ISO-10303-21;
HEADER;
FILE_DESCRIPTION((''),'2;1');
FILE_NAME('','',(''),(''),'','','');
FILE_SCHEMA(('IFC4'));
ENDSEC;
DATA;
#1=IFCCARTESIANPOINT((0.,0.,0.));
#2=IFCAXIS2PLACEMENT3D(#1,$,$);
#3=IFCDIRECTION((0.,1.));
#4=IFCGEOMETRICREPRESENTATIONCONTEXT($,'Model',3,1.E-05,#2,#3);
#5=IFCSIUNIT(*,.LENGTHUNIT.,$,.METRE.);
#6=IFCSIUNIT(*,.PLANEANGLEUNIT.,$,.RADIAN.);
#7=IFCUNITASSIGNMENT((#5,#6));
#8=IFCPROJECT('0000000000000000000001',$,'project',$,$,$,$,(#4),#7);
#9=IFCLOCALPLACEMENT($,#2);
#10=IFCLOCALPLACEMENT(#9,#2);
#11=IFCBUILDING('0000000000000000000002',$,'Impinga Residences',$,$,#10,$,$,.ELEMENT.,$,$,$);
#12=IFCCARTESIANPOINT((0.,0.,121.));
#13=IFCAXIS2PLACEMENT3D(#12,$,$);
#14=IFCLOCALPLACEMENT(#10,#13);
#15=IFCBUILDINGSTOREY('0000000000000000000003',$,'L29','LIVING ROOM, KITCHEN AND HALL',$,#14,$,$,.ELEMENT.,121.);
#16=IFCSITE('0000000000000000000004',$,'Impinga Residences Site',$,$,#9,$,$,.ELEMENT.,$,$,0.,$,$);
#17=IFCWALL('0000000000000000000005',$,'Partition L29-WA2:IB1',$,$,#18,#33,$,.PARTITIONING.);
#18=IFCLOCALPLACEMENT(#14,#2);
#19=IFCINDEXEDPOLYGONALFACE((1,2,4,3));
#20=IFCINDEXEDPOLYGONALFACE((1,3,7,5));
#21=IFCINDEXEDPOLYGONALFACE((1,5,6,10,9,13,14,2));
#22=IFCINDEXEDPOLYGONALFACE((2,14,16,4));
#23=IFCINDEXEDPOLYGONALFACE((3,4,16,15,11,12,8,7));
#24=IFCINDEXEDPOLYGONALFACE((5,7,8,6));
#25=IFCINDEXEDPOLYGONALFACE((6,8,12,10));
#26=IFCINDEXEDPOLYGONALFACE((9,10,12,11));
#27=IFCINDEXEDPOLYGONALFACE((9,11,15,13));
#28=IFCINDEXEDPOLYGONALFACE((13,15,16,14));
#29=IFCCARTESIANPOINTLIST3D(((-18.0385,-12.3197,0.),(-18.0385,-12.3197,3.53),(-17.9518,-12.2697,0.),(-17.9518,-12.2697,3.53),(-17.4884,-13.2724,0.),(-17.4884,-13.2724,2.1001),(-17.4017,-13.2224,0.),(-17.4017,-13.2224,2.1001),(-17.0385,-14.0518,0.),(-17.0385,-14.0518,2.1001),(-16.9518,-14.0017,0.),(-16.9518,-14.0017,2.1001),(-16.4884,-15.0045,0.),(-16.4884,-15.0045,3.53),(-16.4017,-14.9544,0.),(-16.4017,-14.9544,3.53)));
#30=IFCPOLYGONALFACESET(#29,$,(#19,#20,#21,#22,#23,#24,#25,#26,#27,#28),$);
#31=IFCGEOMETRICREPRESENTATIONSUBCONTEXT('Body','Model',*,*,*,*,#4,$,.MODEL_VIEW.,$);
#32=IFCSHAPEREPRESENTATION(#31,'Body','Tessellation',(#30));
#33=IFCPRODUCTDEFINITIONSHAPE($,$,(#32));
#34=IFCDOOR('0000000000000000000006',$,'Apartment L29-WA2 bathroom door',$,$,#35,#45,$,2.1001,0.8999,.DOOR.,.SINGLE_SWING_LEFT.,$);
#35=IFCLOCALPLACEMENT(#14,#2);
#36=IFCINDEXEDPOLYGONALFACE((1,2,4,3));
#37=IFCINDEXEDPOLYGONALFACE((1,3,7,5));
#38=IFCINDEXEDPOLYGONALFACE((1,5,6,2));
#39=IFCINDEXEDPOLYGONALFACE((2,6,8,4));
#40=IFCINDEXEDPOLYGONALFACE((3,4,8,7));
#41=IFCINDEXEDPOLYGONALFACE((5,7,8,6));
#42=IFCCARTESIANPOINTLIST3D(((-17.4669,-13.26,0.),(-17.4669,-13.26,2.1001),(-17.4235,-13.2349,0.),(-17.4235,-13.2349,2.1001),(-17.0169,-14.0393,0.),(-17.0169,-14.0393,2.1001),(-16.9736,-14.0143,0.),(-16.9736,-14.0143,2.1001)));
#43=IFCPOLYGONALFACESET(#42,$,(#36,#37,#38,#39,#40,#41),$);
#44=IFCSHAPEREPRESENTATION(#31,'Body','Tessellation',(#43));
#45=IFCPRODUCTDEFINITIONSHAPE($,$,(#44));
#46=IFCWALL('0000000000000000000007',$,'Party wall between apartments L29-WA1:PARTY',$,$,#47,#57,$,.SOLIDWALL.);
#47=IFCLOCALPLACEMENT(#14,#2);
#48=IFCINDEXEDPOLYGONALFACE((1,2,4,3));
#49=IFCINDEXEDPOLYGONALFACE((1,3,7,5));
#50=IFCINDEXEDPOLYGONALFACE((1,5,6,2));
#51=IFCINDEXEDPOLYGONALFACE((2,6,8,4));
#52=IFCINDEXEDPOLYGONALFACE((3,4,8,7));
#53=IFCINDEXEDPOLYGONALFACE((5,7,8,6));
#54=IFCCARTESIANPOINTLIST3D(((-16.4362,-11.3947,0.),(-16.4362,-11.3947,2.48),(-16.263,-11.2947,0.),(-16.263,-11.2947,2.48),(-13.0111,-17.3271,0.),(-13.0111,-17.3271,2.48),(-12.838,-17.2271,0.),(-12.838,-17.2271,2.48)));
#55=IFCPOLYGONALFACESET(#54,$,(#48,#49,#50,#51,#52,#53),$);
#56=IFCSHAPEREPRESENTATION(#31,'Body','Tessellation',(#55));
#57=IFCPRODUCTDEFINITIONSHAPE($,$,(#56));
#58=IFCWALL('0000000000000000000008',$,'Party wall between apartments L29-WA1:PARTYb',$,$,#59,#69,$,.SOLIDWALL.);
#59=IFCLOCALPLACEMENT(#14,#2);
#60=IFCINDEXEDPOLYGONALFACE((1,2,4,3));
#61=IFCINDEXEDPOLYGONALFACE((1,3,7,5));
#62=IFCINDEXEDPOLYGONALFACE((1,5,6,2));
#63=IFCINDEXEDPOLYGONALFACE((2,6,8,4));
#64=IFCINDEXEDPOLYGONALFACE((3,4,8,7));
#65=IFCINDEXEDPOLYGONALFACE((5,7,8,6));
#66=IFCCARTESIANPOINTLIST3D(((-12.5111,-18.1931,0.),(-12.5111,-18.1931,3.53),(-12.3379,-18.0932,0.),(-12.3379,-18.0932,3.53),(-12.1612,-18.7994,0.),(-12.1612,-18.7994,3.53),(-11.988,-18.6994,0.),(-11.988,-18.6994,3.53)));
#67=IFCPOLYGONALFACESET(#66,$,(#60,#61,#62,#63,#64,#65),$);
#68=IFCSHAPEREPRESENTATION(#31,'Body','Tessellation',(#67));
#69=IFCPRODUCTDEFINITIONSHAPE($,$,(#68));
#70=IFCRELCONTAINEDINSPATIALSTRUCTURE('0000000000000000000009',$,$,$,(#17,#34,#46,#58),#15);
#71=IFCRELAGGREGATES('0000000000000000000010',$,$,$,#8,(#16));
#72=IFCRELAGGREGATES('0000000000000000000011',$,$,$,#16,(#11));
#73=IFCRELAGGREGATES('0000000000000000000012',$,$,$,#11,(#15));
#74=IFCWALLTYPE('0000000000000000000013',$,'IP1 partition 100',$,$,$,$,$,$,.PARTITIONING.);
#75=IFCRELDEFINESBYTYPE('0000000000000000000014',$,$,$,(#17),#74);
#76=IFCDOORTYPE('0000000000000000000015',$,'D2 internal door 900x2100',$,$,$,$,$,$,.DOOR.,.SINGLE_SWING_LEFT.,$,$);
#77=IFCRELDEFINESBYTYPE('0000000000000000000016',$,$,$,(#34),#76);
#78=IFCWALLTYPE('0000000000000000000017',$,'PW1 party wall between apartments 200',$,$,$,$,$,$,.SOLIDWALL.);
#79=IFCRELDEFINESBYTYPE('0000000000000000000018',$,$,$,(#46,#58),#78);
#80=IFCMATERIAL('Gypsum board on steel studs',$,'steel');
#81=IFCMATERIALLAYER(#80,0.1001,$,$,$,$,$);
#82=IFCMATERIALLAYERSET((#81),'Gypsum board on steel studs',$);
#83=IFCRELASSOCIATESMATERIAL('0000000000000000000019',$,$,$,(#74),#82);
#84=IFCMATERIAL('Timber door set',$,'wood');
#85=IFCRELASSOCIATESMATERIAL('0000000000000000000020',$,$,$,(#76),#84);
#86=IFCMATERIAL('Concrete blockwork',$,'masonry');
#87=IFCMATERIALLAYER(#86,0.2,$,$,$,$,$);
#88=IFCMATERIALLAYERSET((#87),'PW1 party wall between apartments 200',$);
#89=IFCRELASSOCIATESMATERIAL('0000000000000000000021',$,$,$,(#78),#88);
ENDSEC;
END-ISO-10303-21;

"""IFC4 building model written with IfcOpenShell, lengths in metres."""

from ifc_helpers import new_model, si_unit, direction, frame, frame_2d, origin, place, context, subcontext, project, spatial, rectangle, extrude, material, layer, layer_set, type_object, element, fill, save


model = new_model("IFC4")

# Units and contexts
model_context = context("Model", 3, precision=1e-05, world=origin(), true_north=direction((0.0, 1.0)))
body_context = subcontext(model_context, "Body", "Model", "MODEL_VIEW")
ifc_project = project(units=[si_unit("LENGTHUNIT", "METRE"), si_unit("PLANEANGLEUNIT", "RADIAN")], contexts=[model_context])

# Site, building, storey
site_placement = place(None, origin())
site = spatial("IfcSite", under=ifc_project, at=site_placement, Name="Impinga Residences Site", CompositionType="ELEMENT", RefElevation=0.0)
building_placement = place(site_placement, origin())
building = spatial("IfcBuilding", under=site, at=building_placement, Name="Impinga Residences", CompositionType="ELEMENT")
storey_placement = place(building_placement, frame((0.0, 0.0, 121.0)))
storey = spatial("IfcBuildingStorey", under=building, at=storey_placement, Name="L29", Description="LIVING ROOM, KITCHEN AND HALL", CompositionType="ELEMENT", Elevation=121.0)

# Shared definitions
ifc_material_1 = material(Name="Gypsum board on steel studs", Category="steel")
ifc_layer_1 = layer(ifc_material_1, 0.1001)
ifc_layer_set_1 = layer_set([ifc_layer_1], Name="Gypsum board on steel studs")
wall_type_1 = type_object("IfcWallType", Name="IP1 partition 100", PredefinedType="PARTITIONING", material=ifc_layer_set_1)
ifc_material_2 = material(Name="Timber door set", Category="wood")
door_type = type_object("IfcDoorType", Name="D2 internal door 900x2100", OperationType="SINGLE_SWING_LEFT", PredefinedType="DOOR", material=ifc_material_2)

# Wall, opening, door
wall_1_placement = place(storey_placement, frame((-17.9951, -12.2947, 0.0), z_axis=(0.0, 0.0, 1.0), x_axis=(0.499993, -0.86603, 0.0)))
wall_1 = element("IfcWall", 1, at=wall_1_placement, inside=storey, type_object=wall_type_1, Name="Partition L29-WA2:IB1", PredefinedType="PARTITIONING", context=body_context, shape_type="SweptSolid", body=[
    extrude(rectangle(XDim=3.1001, YDim=0.1001, at=frame_2d((1.55, 0.0))), origin(), (0.0, 0.0, 1.0), 3.53),
])
opening_1_placement = place(wall_1_placement, frame((1.1001, 0.0, 0.0)))
opening_1 = element("IfcOpeningElement", 2, at=opening_1_placement, cuts=wall_1, PredefinedType="OPENING", context=body_context, shape_type="SweptSolid", body=[
    extrude(rectangle(XDim=0.8999, YDim=2.1001, at=frame_2d((0.45, 1.05))), frame((0.0, 0.0601, 0.0), z_axis=(0.0, -1.0, 0.0), x_axis=(1.0, 0.0, 0.0)), (0.0, 0.0, 1.0), 0.1201),
])
door_1_placement = place(opening_1_placement, origin())
door_1 = element("IfcDoor", 3, at=door_1_placement, inside=storey, type_object=door_type, Name="Apartment L29-WA2 bathroom door", OperationType="SINGLE_SWING_LEFT", OverallHeight=2.1001, OverallWidth=0.8999, PredefinedType="DOOR", context=body_context, shape_type="SweptSolid", body=[
    extrude(rectangle(XDim=0.8999, YDim=2.1001, at=frame_2d((0.45, 1.05))), frame((0.0, 0.0249, 0.0), z_axis=(0.0, -1.0, 0.0), x_axis=(1.0, 0.0, 0.0)), (0.0, 0.0, 1.0), 0.05),
])
fill(opening_1, door_1)

# Walls
ifc_material_3 = material(Name="Concrete blockwork", Category="masonry")
ifc_layer_2 = layer(ifc_material_3, 0.2)
ifc_layer_set_2 = layer_set([ifc_layer_2], Name="PW1 party wall between apartments 200")
wall_type_2 = type_object("IfcWallType", Name="PW1 party wall between apartments 200", PredefinedType="SOLIDWALL", material=ifc_layer_set_2)
wall_2_placement = place(storey_placement, frame((-16.3496, -11.3447, 0.0), z_axis=(0.0, 0.0, 1.0), x_axis=(0.499999, -0.866026, 0.0)))
element("IfcWall", 4, at=wall_2_placement, inside=storey, type_object=wall_type_2, Name="Party wall between apartments L29-WA1:PARTY", PredefinedType="SOLIDWALL", context=body_context, shape_type="SweptSolid", body=[
    extrude(rectangle(XDim=6.8501, YDim=0.2, at=frame_2d((3.425, 0.0))), origin(), (0.0, 0.0, 1.0), 2.48),
])
wall_3_placement = place(storey_placement, frame((-12.4246, -18.1431, 0.0), z_axis=(0.0, 0.0, 1.0), x_axis=(0.499853, -0.86611, 0.0)))
element("IfcWall", 5, at=wall_3_placement, inside=storey, type_object=wall_type_2, Name="Party wall between apartments L29-WA1:PARTYb", PredefinedType="SOLIDWALL", context=body_context, shape_type="SweptSolid", body=[
    extrude(rectangle(XDim=0.7, YDim=0.2, at=frame_2d((0.3501, 0.0))), origin(), (0.0, 0.0, 1.0), 3.53),
])

save(model, "model.ifc")
